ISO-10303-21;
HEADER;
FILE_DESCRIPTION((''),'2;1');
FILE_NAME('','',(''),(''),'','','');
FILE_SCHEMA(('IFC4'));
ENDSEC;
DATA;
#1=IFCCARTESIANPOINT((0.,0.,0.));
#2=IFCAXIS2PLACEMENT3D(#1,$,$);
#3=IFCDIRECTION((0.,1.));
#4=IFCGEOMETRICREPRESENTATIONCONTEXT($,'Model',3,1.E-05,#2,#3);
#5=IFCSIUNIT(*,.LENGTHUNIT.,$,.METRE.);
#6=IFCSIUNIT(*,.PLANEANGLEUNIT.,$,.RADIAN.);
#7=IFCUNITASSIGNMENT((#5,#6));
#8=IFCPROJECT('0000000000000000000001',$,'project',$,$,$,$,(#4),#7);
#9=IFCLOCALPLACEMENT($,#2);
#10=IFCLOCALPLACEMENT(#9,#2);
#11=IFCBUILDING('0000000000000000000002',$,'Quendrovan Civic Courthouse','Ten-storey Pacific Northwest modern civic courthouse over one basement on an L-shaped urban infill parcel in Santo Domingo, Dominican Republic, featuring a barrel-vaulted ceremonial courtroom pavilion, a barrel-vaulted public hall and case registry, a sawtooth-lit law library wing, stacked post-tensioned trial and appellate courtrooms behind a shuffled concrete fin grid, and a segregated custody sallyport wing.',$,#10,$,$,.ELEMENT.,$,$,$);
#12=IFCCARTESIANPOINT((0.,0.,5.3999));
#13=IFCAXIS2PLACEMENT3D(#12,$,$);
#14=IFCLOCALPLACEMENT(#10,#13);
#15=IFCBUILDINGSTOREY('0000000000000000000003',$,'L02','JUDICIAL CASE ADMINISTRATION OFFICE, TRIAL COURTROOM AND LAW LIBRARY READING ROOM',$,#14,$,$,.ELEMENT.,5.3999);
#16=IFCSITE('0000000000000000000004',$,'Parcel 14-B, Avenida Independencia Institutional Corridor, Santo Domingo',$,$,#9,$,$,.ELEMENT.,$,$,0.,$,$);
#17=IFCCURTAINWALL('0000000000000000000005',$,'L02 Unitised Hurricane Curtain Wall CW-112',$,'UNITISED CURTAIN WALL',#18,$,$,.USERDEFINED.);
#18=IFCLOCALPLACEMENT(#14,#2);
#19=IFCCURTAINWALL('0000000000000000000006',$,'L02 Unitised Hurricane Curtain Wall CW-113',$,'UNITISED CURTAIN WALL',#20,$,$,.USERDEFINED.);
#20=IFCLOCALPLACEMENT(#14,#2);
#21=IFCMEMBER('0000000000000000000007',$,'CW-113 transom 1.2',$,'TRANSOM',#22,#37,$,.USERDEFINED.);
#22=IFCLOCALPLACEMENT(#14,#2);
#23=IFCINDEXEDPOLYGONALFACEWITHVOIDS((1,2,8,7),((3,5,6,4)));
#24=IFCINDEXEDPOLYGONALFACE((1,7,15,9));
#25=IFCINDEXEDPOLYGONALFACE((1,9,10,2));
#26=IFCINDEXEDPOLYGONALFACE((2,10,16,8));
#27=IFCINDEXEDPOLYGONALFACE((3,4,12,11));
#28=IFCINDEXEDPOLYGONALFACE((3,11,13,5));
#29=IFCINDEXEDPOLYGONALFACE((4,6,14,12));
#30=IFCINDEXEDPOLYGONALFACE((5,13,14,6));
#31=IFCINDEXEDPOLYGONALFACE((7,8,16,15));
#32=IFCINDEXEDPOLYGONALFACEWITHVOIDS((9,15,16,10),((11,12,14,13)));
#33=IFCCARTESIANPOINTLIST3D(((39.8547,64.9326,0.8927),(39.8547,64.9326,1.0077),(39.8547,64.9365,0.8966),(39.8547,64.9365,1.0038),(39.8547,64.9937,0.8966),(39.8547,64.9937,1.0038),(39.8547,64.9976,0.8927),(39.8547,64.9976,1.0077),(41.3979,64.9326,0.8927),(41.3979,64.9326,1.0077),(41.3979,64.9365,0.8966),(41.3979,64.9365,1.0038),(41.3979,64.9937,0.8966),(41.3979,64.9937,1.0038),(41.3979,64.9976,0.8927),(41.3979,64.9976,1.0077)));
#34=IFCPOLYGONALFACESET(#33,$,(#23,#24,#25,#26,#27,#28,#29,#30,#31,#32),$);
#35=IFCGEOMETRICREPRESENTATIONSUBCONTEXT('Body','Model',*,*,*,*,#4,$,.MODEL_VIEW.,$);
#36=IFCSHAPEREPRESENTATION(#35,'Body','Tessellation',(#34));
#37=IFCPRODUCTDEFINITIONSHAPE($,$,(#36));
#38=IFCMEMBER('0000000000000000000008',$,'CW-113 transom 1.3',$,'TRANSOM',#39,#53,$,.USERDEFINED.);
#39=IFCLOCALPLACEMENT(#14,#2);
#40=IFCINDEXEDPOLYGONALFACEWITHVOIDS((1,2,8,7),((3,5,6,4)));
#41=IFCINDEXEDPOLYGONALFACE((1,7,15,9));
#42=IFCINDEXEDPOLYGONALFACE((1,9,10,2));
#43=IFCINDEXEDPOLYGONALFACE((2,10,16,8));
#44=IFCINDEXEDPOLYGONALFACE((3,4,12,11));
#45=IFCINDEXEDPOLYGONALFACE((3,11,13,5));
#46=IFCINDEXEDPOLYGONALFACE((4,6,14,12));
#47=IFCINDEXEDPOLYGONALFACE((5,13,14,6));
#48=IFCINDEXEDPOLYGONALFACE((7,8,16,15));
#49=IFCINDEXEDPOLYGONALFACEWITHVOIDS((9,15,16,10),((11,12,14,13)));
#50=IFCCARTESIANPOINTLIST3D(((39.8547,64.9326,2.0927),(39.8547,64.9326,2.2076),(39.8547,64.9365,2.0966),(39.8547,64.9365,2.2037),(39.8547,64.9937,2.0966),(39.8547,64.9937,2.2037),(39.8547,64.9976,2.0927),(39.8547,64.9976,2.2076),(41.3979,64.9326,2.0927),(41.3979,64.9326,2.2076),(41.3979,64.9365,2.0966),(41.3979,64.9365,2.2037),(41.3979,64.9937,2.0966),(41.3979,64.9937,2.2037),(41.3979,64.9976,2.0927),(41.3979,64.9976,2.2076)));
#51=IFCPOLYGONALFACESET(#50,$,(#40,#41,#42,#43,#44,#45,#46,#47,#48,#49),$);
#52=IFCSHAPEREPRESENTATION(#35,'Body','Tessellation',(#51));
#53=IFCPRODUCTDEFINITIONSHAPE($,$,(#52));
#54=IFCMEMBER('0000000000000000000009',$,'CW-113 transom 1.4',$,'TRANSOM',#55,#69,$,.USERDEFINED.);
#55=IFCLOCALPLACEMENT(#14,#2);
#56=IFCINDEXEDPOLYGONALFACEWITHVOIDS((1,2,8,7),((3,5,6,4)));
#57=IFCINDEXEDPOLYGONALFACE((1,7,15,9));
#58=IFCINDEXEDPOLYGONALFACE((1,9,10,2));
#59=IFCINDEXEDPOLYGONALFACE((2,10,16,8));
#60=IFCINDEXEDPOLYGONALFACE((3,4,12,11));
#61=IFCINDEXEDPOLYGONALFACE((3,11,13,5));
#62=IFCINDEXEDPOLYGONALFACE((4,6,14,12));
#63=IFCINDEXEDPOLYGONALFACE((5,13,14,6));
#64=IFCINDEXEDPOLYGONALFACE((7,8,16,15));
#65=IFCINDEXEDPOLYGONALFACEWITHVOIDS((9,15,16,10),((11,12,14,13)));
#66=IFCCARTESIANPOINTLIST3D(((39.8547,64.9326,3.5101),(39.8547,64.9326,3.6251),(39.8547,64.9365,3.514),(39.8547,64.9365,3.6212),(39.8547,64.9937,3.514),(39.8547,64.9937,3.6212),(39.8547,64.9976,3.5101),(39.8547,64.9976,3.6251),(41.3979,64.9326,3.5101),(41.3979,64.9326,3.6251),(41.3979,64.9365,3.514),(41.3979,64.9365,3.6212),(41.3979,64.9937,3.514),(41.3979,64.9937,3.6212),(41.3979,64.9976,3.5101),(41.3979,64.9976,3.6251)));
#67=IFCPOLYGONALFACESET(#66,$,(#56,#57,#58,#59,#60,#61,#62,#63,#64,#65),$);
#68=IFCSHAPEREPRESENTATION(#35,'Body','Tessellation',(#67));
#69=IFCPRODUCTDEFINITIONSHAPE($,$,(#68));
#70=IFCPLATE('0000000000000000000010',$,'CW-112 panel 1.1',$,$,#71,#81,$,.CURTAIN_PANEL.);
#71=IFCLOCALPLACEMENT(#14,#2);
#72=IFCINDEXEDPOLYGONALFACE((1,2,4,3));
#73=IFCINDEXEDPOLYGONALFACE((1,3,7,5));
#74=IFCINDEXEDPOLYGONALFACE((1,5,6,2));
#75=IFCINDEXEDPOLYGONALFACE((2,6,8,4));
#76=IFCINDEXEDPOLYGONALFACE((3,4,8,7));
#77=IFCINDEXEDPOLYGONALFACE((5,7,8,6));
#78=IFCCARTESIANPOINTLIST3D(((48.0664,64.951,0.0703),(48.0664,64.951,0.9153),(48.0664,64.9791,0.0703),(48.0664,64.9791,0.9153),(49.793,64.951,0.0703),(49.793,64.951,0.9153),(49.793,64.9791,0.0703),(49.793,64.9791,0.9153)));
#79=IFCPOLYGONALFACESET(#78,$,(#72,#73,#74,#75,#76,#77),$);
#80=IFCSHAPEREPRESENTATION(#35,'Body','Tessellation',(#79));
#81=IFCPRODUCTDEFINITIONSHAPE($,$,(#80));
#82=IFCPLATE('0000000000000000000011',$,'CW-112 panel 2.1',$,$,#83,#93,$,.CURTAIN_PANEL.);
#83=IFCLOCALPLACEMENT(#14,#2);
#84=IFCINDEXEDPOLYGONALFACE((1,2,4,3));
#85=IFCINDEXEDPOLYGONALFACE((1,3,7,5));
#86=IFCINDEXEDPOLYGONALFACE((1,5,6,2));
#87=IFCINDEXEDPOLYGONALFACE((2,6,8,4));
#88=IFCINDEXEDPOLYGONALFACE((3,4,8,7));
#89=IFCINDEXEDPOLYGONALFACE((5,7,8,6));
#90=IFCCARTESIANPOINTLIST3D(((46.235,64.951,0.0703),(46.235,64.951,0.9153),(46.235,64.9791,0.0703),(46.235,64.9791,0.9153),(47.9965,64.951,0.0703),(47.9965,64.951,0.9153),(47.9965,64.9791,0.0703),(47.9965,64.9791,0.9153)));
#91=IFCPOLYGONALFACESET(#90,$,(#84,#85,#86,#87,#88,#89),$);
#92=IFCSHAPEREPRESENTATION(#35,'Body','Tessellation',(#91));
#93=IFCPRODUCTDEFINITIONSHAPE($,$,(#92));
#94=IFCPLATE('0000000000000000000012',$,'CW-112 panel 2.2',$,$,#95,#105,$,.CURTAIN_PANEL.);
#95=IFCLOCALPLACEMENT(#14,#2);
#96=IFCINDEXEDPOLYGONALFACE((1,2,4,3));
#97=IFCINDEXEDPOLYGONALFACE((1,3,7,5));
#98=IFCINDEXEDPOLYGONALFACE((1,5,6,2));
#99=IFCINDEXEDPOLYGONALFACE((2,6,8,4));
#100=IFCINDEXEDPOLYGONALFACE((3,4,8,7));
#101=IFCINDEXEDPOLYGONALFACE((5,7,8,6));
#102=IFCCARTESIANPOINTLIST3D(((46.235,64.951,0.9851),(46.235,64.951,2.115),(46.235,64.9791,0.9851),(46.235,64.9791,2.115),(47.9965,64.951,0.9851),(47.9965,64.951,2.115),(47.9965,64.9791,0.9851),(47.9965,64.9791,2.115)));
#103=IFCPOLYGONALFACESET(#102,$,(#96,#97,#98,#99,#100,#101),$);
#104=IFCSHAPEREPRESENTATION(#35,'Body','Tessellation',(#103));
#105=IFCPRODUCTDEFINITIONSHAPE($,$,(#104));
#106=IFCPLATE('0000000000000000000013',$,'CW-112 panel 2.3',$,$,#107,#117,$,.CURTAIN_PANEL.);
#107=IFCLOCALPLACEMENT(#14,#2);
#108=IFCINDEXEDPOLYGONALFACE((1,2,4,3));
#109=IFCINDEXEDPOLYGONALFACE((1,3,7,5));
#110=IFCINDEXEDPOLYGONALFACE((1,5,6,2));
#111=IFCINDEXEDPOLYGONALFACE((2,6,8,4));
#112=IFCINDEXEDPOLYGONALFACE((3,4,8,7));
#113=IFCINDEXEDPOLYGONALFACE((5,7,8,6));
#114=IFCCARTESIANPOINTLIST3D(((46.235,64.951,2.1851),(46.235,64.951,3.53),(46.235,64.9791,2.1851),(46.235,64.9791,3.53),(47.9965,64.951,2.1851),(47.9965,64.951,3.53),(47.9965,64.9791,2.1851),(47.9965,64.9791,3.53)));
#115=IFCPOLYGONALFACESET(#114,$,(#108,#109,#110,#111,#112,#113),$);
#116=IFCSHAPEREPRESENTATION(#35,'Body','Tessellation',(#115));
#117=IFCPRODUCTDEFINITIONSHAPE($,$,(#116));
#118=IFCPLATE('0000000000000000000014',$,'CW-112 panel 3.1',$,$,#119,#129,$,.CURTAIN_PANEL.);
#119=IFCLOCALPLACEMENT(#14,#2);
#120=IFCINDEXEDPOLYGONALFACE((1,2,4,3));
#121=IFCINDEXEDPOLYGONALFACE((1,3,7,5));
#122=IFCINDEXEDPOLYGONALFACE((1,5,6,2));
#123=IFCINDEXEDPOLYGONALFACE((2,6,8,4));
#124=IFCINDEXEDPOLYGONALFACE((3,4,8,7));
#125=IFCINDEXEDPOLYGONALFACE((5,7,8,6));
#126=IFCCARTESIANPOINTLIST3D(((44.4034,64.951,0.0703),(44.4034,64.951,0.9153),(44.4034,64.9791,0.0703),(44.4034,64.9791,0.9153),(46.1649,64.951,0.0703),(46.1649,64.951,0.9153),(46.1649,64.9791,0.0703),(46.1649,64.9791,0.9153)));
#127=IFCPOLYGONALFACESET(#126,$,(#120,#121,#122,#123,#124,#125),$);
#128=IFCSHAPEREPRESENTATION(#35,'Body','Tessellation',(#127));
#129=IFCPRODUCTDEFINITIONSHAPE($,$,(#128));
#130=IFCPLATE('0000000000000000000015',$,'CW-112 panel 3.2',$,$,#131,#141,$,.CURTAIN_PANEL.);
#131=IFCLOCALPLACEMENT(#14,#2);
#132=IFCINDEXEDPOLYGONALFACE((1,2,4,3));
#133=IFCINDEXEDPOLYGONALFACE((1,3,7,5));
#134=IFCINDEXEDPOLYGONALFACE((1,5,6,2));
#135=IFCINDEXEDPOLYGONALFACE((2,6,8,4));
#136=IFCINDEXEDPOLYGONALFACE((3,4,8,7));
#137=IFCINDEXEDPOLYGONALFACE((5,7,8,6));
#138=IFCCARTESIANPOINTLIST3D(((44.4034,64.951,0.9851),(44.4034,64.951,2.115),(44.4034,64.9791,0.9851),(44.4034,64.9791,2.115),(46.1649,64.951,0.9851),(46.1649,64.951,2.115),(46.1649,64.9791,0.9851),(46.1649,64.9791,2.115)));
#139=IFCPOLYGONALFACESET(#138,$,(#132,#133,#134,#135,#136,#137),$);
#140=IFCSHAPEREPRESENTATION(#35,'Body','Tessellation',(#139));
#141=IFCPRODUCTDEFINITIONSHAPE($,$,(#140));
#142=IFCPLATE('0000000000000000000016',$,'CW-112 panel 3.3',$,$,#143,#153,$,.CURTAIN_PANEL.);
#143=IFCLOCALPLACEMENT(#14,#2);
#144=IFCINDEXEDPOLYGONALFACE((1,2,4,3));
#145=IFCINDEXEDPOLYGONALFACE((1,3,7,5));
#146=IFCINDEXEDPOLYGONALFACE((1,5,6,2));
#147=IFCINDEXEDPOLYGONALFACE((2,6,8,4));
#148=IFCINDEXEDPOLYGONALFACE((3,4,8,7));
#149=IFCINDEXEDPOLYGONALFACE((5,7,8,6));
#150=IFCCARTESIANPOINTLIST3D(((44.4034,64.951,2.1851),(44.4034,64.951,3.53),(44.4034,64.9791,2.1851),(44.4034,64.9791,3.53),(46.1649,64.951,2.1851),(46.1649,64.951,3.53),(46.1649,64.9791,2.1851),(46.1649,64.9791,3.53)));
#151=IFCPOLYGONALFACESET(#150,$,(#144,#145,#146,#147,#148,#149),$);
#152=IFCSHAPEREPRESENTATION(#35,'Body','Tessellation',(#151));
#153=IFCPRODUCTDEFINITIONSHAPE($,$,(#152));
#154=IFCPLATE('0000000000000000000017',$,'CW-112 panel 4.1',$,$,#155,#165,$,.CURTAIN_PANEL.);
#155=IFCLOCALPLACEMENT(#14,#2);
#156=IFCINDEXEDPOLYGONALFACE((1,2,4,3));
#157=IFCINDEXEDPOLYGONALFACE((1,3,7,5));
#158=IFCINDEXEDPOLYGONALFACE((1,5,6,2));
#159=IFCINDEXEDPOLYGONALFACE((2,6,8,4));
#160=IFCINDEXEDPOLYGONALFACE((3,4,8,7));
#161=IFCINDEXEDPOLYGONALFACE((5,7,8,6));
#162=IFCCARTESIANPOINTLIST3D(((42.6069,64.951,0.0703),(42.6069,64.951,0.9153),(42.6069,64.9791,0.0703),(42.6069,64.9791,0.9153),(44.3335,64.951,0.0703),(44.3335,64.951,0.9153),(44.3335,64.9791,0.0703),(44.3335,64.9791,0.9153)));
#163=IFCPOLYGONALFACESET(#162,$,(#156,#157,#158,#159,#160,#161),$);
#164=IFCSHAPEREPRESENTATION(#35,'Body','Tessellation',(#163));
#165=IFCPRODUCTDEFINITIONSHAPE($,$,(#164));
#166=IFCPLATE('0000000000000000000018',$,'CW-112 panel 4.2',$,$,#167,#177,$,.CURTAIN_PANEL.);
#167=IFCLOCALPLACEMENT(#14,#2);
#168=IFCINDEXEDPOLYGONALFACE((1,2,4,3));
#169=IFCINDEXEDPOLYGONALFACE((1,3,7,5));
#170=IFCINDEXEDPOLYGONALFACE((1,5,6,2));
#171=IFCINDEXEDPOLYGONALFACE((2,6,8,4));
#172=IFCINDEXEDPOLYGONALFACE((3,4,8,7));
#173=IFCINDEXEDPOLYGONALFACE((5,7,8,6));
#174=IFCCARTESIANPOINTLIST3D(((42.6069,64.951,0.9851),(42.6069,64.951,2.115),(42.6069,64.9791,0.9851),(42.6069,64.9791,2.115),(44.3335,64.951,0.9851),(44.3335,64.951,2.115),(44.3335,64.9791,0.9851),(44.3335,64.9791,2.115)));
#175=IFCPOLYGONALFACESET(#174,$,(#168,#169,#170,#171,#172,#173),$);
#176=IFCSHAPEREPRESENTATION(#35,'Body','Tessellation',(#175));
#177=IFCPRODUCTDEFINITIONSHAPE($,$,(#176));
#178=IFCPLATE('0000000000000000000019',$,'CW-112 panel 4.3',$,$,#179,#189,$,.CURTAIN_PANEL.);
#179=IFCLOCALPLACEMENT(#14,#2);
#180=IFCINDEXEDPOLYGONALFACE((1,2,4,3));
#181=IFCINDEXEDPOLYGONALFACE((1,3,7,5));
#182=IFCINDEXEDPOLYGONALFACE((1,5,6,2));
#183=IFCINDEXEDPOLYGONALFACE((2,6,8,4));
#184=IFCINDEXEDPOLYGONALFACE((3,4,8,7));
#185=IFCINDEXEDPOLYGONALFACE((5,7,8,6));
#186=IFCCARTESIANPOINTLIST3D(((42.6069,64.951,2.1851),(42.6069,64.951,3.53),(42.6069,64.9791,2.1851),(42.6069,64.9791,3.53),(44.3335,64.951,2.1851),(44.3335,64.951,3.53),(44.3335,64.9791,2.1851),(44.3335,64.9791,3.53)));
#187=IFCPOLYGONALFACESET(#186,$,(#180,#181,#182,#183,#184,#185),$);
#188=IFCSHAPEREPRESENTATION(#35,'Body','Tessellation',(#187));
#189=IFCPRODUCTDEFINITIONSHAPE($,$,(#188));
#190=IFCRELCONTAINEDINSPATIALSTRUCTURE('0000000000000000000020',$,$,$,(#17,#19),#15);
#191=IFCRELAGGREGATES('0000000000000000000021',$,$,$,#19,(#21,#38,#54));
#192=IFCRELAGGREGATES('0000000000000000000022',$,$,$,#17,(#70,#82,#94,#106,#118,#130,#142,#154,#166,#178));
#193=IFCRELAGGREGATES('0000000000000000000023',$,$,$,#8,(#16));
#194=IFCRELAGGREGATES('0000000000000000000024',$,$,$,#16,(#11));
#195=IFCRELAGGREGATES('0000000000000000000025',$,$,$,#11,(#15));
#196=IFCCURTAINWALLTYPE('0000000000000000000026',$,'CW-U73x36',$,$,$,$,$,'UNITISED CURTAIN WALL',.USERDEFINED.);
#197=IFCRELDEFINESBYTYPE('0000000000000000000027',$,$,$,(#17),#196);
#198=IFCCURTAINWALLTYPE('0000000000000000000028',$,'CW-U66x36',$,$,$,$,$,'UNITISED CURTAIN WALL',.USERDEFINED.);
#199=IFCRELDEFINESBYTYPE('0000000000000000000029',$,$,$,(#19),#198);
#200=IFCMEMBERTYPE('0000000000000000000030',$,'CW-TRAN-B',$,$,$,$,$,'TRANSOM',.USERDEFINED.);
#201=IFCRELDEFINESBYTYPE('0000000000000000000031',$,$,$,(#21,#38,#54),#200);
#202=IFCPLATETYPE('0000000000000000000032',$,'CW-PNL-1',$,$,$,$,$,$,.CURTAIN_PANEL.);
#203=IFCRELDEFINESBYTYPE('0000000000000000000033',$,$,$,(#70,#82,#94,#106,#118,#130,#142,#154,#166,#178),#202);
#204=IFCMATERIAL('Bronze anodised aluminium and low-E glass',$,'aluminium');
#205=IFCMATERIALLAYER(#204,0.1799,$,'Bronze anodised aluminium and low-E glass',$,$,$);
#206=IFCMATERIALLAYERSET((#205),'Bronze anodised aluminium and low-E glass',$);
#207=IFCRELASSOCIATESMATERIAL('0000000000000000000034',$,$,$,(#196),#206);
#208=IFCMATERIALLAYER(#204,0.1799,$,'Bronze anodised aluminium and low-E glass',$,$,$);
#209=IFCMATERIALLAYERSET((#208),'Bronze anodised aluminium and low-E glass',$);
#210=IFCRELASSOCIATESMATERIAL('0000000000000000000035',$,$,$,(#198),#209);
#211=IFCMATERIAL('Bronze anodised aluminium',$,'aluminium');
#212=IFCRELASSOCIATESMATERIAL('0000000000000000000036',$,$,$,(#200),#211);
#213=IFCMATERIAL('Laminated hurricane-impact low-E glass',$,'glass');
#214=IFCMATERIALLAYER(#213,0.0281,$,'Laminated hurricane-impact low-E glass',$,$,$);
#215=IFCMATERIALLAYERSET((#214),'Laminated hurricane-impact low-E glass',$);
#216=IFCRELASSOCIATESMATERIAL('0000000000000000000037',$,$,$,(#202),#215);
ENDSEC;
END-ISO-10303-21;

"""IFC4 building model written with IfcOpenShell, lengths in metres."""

from ifc_helpers import new_model, si_unit, direction, frame, origin, origin_2d, place, context, subcontext, project, spatial, rectangle, hollow_rectangle, extrude, material, layer, layer_set, material_profile, profile_set, type_object, element, aggregate, save


model = new_model("IFC4")

# Units and contexts
model_context = context("Model", 3, precision=1e-05, world=origin(), true_north=direction((0.0, 1.0)))
body_context = subcontext(model_context, "Body", "Model", "MODEL_VIEW")
ifc_project = project(units=[si_unit("LENGTHUNIT", "METRE"), si_unit("PLANEANGLEUNIT", "RADIAN")], contexts=[model_context])

# Site, building, storey
site_placement = place(None, origin())
site = spatial("IfcSite", under=ifc_project, at=site_placement, Name="Parcel 14-B, Avenida Independencia Institutional Corridor, Santo Domingo", CompositionType="ELEMENT", RefElevation=0.0)
building_placement = place(site_placement, origin())
building = spatial("IfcBuilding", under=site, at=building_placement, Name="Quendrovan Civic Courthouse", Description="Ten-storey Pacific Northwest modern civic courthouse over one basement on an L-shaped urban infill parcel in Santo Domingo, Dominican Republic, featuring a barrel-vaulted ceremonial courtroom pavilion, a barrel-vaulted public hall and case registry, a sawtooth-lit law library wing, stacked post-tensioned trial and appellate courtrooms behind a shuffled concrete fin grid, and a segregated custody sallyport wing.", CompositionType="ELEMENT")
storey_placement = place(building_placement, frame((0.0, 0.0, 5.3999)))
storey = spatial("IfcBuildingStorey", under=building, at=storey_placement, Name="L02", Description="JUDICIAL CASE ADMINISTRATION OFFICE, TRIAL COURTROOM AND LAW LIBRARY READING ROOM", CompositionType="ELEMENT", Elevation=5.3999)

# Curtain wall
ifc_material_1 = material(Name="Bronze anodised aluminium and low-E glass", Category="aluminium")
ifc_layer_1 = layer(ifc_material_1, 0.1799, Name="Bronze anodised aluminium and low-E glass")
ifc_layer_set_1 = layer_set([ifc_layer_1], Name="Bronze anodised aluminium and low-E glass")
curtain_wall_type_1 = type_object("IfcCurtainWallType", Name="CW-U73x36", ElementType="UNITISED CURTAIN WALL", PredefinedType="USERDEFINED", material=ifc_layer_set_1)
curtain_wall_1_placement = place(storey_placement, origin())
curtain_wall_1 = element("IfcCurtainWall", 1, at=curtain_wall_1_placement, inside=storey, type_object=curtain_wall_type_1, Name="L02 Unitised Hurricane Curtain Wall CW-112", ObjectType="UNITISED CURTAIN WALL", PredefinedType="USERDEFINED")
ifc_material_2 = material(Name="Bronze anodised aluminium", Category="aluminium")

# Curtain wall
ifc_layer_2 = layer(ifc_material_1, 0.1799, Name="Bronze anodised aluminium and low-E glass")
ifc_layer_set_2 = layer_set([ifc_layer_2], Name="Bronze anodised aluminium and low-E glass")
curtain_wall_type_2 = type_object("IfcCurtainWallType", Name="CW-U66x36", ElementType="UNITISED CURTAIN WALL", PredefinedType="USERDEFINED", material=ifc_layer_set_2)
curtain_wall_2_placement = place(storey_placement, origin())
curtain_wall_2 = element("IfcCurtainWall", 2, at=curtain_wall_2_placement, inside=storey, type_object=curtain_wall_type_2, Name="L02 Unitised Hurricane Curtain Wall CW-113", ObjectType="UNITISED CURTAIN WALL", PredefinedType="USERDEFINED")

# Members
ifc_material_profile_1 = material_profile(ifc_material_2, hollow_rectangle(XDim=0.0649, YDim=0.115, WallThickness=0.0039, at=origin_2d()), Name="CW-TRAN-65x115")
ifc_profile_set_1 = profile_set([ifc_material_profile_1], Name="Bronze anodised aluminium")
member_type_1 = type_object("IfcMemberType", Name="CW-TRAN-B", ElementType="TRANSOM", PredefinedType="USERDEFINED", material=ifc_profile_set_1)
member_1_placement = place(storey_placement, frame((41.3979, 64.9651, 0.9502), z_axis=(-1.0, 0.0, 0.0), x_axis=(0.0, -1.0, 0.0)))
member_1 = element("IfcMember", 3, at=member_1_placement, type_object=member_type_1, Name="CW-113 transom 1.2", ObjectType="TRANSOM", PredefinedType="USERDEFINED", context=body_context, shape_type="SweptSolid", body=[
    extrude(hollow_rectangle(XDim=0.0649, YDim=0.115, WallThickness=0.0039, at=origin_2d()), origin(), (0.0, 0.0, 1.0), 1.5432),
])
member_2_placement = place(storey_placement, frame((41.3979, 64.9651, 2.1501), z_axis=(-1.0, 0.0, 0.0), x_axis=(0.0, -1.0, 0.0)))
member_2 = element("IfcMember", 4, at=member_2_placement, type_object=member_type_1, Name="CW-113 transom 1.3", ObjectType="TRANSOM", PredefinedType="USERDEFINED", context=body_context, shape_type="SweptSolid", body=[
    extrude(hollow_rectangle(XDim=0.0649, YDim=0.115, WallThickness=0.0039, at=origin_2d()), origin(), (0.0, 0.0, 1.0), 1.5432),
])
member_3_placement = place(storey_placement, frame((41.3979, 64.9651, 3.5676), z_axis=(-1.0, 0.0, 0.0), x_axis=(0.0, -1.0, 0.0)))
member_3 = element("IfcMember", 5, at=member_3_placement, type_object=member_type_1, Name="CW-113 transom 1.4", ObjectType="TRANSOM", PredefinedType="USERDEFINED", context=body_context, shape_type="SweptSolid", body=[
    extrude(hollow_rectangle(XDim=0.0649, YDim=0.115, WallThickness=0.0039, at=origin_2d()), origin(), (0.0, 0.0, 1.0), 1.5432),
])
aggregate(curtain_wall_2, [member_1, member_2, member_3])

# Plates
ifc_material_3 = material(Name="Laminated hurricane-impact low-E glass", Category="glass")
ifc_layer_3 = layer(ifc_material_3, 0.0281, Name="Laminated hurricane-impact low-E glass")
ifc_layer_set_3 = layer_set([ifc_layer_3], Name="Laminated hurricane-impact low-E glass")
plate_type = type_object("IfcPlateType", Name="CW-PNL-1", PredefinedType="CURTAIN_PANEL", material=ifc_layer_set_3)
plate_1_placement = place(storey_placement, frame((48.9297, 64.9651, 0.0703), z_axis=(0.0, 0.0, 1.0), x_axis=(-1.0, 0.0, 0.0)))
plate_1 = element("IfcPlate", 6, at=plate_1_placement, type_object=plate_type, Name="CW-112 panel 1.1", PredefinedType="CURTAIN_PANEL", context=body_context, shape_type="SweptSolid", body=[
    extrude(rectangle(XDim=1.7266, YDim=0.0281, at=origin_2d()), origin(), (0.0, 0.0, 1.0), 0.845),
])
plate_2_placement = place(storey_placement, frame((47.1157, 64.9651, 0.0703), z_axis=(0.0, 0.0, 1.0), x_axis=(-1.0, 0.0, 0.0)))
plate_2 = element("IfcPlate", 7, at=plate_2_placement, type_object=plate_type, Name="CW-112 panel 2.1", PredefinedType="CURTAIN_PANEL", context=body_context, shape_type="SweptSolid", body=[
    extrude(rectangle(XDim=1.7615, YDim=0.0281, at=origin_2d()), origin(), (0.0, 0.0, 1.0), 0.845),
])
plate_3_placement = place(storey_placement, frame((47.1157, 64.9651, 0.9851), z_axis=(0.0, 0.0, 1.0), x_axis=(-1.0, 0.0, 0.0)))
plate_3 = element("IfcPlate", 8, at=plate_3_placement, type_object=plate_type, Name="CW-112 panel 2.2", PredefinedType="CURTAIN_PANEL", context=body_context, shape_type="SweptSolid", body=[
    extrude(rectangle(XDim=1.7615, YDim=0.0281, at=origin_2d()), origin(), (0.0, 0.0, 1.0), 1.1299),
])
plate_4_placement = place(storey_placement, frame((47.1157, 64.9651, 2.1851), z_axis=(0.0, 0.0, 1.0), x_axis=(-1.0, 0.0, 0.0)))
plate_4 = element("IfcPlate", 9, at=plate_4_placement, type_object=plate_type, Name="CW-112 panel 2.3", PredefinedType="CURTAIN_PANEL", context=body_context, shape_type="SweptSolid", body=[
    extrude(rectangle(XDim=1.7615, YDim=0.0281, at=origin_2d()), origin(), (0.0, 0.0, 1.0), 1.345),
])
plate_5_placement = place(storey_placement, frame((45.2842, 64.9651, 0.0703), z_axis=(0.0, 0.0, 1.0), x_axis=(-1.0, 0.0, 0.0)))
plate_5 = element("IfcPlate", 10, at=plate_5_placement, type_object=plate_type, Name="CW-112 panel 3.1", PredefinedType="CURTAIN_PANEL", context=body_context, shape_type="SweptSolid", body=[
    extrude(rectangle(XDim=1.7615, YDim=0.0281, at=origin_2d()), origin(), (0.0, 0.0, 1.0), 0.845),
])
plate_6_placement = place(storey_placement, frame((45.2842, 64.9651, 0.9851), z_axis=(0.0, 0.0, 1.0), x_axis=(-1.0, 0.0, 0.0)))
plate_6 = element("IfcPlate", 11, at=plate_6_placement, type_object=plate_type, Name="CW-112 panel 3.2", PredefinedType="CURTAIN_PANEL", context=body_context, shape_type="SweptSolid", body=[
    extrude(rectangle(XDim=1.7615, YDim=0.0281, at=origin_2d()), origin(), (0.0, 0.0, 1.0), 1.1299),
])
plate_7_placement = place(storey_placement, frame((45.2842, 64.9651, 2.1851), z_axis=(0.0, 0.0, 1.0), x_axis=(-1.0, 0.0, 0.0)))
plate_7 = element("IfcPlate", 12, at=plate_7_placement, type_object=plate_type, Name="CW-112 panel 3.3", PredefinedType="CURTAIN_PANEL", context=body_context, shape_type="SweptSolid", body=[
    extrude(rectangle(XDim=1.7615, YDim=0.0281, at=origin_2d()), origin(), (0.0, 0.0, 1.0), 1.345),
])
plate_8_placement = place(storey_placement, frame((43.4702, 64.9651, 0.0703), z_axis=(0.0, 0.0, 1.0), x_axis=(-1.0, 0.0, 0.0)))
plate_8 = element("IfcPlate", 13, at=plate_8_placement, type_object=plate_type, Name="CW-112 panel 4.1", PredefinedType="CURTAIN_PANEL", context=body_context, shape_type="SweptSolid", body=[
    extrude(rectangle(XDim=1.7266, YDim=0.0281, at=origin_2d()), origin(), (0.0, 0.0, 1.0), 0.845),
])
plate_9_placement = place(storey_placement, frame((43.4702, 64.9651, 0.9851), z_axis=(0.0, 0.0, 1.0), x_axis=(-1.0, 0.0, 0.0)))
plate_9 = element("IfcPlate", 14, at=plate_9_placement, type_object=plate_type, Name="CW-112 panel 4.2", PredefinedType="CURTAIN_PANEL", context=body_context, shape_type="SweptSolid", body=[
    extrude(rectangle(XDim=1.7266, YDim=0.0281, at=origin_2d()), origin(), (0.0, 0.0, 1.0), 1.1299),
])
plate_10_placement = place(storey_placement, frame((43.4702, 64.9651, 2.1851), z_axis=(0.0, 0.0, 1.0), x_axis=(-1.0, 0.0, 0.0)))
plate_10 = element("IfcPlate", 15, at=plate_10_placement, type_object=plate_type, Name="CW-112 panel 4.3", PredefinedType="CURTAIN_PANEL", context=body_context, shape_type="SweptSolid", body=[
    extrude(rectangle(XDim=1.7266, YDim=0.0281, at=origin_2d()), origin(), (0.0, 0.0, 1.0), 1.345),
])
aggregate(curtain_wall_1, [plate_1, plate_2, plate_3, plate_4, plate_5, plate_6, plate_7, plate_8, plate_9, plate_10])

save(model, "model.ifc")
